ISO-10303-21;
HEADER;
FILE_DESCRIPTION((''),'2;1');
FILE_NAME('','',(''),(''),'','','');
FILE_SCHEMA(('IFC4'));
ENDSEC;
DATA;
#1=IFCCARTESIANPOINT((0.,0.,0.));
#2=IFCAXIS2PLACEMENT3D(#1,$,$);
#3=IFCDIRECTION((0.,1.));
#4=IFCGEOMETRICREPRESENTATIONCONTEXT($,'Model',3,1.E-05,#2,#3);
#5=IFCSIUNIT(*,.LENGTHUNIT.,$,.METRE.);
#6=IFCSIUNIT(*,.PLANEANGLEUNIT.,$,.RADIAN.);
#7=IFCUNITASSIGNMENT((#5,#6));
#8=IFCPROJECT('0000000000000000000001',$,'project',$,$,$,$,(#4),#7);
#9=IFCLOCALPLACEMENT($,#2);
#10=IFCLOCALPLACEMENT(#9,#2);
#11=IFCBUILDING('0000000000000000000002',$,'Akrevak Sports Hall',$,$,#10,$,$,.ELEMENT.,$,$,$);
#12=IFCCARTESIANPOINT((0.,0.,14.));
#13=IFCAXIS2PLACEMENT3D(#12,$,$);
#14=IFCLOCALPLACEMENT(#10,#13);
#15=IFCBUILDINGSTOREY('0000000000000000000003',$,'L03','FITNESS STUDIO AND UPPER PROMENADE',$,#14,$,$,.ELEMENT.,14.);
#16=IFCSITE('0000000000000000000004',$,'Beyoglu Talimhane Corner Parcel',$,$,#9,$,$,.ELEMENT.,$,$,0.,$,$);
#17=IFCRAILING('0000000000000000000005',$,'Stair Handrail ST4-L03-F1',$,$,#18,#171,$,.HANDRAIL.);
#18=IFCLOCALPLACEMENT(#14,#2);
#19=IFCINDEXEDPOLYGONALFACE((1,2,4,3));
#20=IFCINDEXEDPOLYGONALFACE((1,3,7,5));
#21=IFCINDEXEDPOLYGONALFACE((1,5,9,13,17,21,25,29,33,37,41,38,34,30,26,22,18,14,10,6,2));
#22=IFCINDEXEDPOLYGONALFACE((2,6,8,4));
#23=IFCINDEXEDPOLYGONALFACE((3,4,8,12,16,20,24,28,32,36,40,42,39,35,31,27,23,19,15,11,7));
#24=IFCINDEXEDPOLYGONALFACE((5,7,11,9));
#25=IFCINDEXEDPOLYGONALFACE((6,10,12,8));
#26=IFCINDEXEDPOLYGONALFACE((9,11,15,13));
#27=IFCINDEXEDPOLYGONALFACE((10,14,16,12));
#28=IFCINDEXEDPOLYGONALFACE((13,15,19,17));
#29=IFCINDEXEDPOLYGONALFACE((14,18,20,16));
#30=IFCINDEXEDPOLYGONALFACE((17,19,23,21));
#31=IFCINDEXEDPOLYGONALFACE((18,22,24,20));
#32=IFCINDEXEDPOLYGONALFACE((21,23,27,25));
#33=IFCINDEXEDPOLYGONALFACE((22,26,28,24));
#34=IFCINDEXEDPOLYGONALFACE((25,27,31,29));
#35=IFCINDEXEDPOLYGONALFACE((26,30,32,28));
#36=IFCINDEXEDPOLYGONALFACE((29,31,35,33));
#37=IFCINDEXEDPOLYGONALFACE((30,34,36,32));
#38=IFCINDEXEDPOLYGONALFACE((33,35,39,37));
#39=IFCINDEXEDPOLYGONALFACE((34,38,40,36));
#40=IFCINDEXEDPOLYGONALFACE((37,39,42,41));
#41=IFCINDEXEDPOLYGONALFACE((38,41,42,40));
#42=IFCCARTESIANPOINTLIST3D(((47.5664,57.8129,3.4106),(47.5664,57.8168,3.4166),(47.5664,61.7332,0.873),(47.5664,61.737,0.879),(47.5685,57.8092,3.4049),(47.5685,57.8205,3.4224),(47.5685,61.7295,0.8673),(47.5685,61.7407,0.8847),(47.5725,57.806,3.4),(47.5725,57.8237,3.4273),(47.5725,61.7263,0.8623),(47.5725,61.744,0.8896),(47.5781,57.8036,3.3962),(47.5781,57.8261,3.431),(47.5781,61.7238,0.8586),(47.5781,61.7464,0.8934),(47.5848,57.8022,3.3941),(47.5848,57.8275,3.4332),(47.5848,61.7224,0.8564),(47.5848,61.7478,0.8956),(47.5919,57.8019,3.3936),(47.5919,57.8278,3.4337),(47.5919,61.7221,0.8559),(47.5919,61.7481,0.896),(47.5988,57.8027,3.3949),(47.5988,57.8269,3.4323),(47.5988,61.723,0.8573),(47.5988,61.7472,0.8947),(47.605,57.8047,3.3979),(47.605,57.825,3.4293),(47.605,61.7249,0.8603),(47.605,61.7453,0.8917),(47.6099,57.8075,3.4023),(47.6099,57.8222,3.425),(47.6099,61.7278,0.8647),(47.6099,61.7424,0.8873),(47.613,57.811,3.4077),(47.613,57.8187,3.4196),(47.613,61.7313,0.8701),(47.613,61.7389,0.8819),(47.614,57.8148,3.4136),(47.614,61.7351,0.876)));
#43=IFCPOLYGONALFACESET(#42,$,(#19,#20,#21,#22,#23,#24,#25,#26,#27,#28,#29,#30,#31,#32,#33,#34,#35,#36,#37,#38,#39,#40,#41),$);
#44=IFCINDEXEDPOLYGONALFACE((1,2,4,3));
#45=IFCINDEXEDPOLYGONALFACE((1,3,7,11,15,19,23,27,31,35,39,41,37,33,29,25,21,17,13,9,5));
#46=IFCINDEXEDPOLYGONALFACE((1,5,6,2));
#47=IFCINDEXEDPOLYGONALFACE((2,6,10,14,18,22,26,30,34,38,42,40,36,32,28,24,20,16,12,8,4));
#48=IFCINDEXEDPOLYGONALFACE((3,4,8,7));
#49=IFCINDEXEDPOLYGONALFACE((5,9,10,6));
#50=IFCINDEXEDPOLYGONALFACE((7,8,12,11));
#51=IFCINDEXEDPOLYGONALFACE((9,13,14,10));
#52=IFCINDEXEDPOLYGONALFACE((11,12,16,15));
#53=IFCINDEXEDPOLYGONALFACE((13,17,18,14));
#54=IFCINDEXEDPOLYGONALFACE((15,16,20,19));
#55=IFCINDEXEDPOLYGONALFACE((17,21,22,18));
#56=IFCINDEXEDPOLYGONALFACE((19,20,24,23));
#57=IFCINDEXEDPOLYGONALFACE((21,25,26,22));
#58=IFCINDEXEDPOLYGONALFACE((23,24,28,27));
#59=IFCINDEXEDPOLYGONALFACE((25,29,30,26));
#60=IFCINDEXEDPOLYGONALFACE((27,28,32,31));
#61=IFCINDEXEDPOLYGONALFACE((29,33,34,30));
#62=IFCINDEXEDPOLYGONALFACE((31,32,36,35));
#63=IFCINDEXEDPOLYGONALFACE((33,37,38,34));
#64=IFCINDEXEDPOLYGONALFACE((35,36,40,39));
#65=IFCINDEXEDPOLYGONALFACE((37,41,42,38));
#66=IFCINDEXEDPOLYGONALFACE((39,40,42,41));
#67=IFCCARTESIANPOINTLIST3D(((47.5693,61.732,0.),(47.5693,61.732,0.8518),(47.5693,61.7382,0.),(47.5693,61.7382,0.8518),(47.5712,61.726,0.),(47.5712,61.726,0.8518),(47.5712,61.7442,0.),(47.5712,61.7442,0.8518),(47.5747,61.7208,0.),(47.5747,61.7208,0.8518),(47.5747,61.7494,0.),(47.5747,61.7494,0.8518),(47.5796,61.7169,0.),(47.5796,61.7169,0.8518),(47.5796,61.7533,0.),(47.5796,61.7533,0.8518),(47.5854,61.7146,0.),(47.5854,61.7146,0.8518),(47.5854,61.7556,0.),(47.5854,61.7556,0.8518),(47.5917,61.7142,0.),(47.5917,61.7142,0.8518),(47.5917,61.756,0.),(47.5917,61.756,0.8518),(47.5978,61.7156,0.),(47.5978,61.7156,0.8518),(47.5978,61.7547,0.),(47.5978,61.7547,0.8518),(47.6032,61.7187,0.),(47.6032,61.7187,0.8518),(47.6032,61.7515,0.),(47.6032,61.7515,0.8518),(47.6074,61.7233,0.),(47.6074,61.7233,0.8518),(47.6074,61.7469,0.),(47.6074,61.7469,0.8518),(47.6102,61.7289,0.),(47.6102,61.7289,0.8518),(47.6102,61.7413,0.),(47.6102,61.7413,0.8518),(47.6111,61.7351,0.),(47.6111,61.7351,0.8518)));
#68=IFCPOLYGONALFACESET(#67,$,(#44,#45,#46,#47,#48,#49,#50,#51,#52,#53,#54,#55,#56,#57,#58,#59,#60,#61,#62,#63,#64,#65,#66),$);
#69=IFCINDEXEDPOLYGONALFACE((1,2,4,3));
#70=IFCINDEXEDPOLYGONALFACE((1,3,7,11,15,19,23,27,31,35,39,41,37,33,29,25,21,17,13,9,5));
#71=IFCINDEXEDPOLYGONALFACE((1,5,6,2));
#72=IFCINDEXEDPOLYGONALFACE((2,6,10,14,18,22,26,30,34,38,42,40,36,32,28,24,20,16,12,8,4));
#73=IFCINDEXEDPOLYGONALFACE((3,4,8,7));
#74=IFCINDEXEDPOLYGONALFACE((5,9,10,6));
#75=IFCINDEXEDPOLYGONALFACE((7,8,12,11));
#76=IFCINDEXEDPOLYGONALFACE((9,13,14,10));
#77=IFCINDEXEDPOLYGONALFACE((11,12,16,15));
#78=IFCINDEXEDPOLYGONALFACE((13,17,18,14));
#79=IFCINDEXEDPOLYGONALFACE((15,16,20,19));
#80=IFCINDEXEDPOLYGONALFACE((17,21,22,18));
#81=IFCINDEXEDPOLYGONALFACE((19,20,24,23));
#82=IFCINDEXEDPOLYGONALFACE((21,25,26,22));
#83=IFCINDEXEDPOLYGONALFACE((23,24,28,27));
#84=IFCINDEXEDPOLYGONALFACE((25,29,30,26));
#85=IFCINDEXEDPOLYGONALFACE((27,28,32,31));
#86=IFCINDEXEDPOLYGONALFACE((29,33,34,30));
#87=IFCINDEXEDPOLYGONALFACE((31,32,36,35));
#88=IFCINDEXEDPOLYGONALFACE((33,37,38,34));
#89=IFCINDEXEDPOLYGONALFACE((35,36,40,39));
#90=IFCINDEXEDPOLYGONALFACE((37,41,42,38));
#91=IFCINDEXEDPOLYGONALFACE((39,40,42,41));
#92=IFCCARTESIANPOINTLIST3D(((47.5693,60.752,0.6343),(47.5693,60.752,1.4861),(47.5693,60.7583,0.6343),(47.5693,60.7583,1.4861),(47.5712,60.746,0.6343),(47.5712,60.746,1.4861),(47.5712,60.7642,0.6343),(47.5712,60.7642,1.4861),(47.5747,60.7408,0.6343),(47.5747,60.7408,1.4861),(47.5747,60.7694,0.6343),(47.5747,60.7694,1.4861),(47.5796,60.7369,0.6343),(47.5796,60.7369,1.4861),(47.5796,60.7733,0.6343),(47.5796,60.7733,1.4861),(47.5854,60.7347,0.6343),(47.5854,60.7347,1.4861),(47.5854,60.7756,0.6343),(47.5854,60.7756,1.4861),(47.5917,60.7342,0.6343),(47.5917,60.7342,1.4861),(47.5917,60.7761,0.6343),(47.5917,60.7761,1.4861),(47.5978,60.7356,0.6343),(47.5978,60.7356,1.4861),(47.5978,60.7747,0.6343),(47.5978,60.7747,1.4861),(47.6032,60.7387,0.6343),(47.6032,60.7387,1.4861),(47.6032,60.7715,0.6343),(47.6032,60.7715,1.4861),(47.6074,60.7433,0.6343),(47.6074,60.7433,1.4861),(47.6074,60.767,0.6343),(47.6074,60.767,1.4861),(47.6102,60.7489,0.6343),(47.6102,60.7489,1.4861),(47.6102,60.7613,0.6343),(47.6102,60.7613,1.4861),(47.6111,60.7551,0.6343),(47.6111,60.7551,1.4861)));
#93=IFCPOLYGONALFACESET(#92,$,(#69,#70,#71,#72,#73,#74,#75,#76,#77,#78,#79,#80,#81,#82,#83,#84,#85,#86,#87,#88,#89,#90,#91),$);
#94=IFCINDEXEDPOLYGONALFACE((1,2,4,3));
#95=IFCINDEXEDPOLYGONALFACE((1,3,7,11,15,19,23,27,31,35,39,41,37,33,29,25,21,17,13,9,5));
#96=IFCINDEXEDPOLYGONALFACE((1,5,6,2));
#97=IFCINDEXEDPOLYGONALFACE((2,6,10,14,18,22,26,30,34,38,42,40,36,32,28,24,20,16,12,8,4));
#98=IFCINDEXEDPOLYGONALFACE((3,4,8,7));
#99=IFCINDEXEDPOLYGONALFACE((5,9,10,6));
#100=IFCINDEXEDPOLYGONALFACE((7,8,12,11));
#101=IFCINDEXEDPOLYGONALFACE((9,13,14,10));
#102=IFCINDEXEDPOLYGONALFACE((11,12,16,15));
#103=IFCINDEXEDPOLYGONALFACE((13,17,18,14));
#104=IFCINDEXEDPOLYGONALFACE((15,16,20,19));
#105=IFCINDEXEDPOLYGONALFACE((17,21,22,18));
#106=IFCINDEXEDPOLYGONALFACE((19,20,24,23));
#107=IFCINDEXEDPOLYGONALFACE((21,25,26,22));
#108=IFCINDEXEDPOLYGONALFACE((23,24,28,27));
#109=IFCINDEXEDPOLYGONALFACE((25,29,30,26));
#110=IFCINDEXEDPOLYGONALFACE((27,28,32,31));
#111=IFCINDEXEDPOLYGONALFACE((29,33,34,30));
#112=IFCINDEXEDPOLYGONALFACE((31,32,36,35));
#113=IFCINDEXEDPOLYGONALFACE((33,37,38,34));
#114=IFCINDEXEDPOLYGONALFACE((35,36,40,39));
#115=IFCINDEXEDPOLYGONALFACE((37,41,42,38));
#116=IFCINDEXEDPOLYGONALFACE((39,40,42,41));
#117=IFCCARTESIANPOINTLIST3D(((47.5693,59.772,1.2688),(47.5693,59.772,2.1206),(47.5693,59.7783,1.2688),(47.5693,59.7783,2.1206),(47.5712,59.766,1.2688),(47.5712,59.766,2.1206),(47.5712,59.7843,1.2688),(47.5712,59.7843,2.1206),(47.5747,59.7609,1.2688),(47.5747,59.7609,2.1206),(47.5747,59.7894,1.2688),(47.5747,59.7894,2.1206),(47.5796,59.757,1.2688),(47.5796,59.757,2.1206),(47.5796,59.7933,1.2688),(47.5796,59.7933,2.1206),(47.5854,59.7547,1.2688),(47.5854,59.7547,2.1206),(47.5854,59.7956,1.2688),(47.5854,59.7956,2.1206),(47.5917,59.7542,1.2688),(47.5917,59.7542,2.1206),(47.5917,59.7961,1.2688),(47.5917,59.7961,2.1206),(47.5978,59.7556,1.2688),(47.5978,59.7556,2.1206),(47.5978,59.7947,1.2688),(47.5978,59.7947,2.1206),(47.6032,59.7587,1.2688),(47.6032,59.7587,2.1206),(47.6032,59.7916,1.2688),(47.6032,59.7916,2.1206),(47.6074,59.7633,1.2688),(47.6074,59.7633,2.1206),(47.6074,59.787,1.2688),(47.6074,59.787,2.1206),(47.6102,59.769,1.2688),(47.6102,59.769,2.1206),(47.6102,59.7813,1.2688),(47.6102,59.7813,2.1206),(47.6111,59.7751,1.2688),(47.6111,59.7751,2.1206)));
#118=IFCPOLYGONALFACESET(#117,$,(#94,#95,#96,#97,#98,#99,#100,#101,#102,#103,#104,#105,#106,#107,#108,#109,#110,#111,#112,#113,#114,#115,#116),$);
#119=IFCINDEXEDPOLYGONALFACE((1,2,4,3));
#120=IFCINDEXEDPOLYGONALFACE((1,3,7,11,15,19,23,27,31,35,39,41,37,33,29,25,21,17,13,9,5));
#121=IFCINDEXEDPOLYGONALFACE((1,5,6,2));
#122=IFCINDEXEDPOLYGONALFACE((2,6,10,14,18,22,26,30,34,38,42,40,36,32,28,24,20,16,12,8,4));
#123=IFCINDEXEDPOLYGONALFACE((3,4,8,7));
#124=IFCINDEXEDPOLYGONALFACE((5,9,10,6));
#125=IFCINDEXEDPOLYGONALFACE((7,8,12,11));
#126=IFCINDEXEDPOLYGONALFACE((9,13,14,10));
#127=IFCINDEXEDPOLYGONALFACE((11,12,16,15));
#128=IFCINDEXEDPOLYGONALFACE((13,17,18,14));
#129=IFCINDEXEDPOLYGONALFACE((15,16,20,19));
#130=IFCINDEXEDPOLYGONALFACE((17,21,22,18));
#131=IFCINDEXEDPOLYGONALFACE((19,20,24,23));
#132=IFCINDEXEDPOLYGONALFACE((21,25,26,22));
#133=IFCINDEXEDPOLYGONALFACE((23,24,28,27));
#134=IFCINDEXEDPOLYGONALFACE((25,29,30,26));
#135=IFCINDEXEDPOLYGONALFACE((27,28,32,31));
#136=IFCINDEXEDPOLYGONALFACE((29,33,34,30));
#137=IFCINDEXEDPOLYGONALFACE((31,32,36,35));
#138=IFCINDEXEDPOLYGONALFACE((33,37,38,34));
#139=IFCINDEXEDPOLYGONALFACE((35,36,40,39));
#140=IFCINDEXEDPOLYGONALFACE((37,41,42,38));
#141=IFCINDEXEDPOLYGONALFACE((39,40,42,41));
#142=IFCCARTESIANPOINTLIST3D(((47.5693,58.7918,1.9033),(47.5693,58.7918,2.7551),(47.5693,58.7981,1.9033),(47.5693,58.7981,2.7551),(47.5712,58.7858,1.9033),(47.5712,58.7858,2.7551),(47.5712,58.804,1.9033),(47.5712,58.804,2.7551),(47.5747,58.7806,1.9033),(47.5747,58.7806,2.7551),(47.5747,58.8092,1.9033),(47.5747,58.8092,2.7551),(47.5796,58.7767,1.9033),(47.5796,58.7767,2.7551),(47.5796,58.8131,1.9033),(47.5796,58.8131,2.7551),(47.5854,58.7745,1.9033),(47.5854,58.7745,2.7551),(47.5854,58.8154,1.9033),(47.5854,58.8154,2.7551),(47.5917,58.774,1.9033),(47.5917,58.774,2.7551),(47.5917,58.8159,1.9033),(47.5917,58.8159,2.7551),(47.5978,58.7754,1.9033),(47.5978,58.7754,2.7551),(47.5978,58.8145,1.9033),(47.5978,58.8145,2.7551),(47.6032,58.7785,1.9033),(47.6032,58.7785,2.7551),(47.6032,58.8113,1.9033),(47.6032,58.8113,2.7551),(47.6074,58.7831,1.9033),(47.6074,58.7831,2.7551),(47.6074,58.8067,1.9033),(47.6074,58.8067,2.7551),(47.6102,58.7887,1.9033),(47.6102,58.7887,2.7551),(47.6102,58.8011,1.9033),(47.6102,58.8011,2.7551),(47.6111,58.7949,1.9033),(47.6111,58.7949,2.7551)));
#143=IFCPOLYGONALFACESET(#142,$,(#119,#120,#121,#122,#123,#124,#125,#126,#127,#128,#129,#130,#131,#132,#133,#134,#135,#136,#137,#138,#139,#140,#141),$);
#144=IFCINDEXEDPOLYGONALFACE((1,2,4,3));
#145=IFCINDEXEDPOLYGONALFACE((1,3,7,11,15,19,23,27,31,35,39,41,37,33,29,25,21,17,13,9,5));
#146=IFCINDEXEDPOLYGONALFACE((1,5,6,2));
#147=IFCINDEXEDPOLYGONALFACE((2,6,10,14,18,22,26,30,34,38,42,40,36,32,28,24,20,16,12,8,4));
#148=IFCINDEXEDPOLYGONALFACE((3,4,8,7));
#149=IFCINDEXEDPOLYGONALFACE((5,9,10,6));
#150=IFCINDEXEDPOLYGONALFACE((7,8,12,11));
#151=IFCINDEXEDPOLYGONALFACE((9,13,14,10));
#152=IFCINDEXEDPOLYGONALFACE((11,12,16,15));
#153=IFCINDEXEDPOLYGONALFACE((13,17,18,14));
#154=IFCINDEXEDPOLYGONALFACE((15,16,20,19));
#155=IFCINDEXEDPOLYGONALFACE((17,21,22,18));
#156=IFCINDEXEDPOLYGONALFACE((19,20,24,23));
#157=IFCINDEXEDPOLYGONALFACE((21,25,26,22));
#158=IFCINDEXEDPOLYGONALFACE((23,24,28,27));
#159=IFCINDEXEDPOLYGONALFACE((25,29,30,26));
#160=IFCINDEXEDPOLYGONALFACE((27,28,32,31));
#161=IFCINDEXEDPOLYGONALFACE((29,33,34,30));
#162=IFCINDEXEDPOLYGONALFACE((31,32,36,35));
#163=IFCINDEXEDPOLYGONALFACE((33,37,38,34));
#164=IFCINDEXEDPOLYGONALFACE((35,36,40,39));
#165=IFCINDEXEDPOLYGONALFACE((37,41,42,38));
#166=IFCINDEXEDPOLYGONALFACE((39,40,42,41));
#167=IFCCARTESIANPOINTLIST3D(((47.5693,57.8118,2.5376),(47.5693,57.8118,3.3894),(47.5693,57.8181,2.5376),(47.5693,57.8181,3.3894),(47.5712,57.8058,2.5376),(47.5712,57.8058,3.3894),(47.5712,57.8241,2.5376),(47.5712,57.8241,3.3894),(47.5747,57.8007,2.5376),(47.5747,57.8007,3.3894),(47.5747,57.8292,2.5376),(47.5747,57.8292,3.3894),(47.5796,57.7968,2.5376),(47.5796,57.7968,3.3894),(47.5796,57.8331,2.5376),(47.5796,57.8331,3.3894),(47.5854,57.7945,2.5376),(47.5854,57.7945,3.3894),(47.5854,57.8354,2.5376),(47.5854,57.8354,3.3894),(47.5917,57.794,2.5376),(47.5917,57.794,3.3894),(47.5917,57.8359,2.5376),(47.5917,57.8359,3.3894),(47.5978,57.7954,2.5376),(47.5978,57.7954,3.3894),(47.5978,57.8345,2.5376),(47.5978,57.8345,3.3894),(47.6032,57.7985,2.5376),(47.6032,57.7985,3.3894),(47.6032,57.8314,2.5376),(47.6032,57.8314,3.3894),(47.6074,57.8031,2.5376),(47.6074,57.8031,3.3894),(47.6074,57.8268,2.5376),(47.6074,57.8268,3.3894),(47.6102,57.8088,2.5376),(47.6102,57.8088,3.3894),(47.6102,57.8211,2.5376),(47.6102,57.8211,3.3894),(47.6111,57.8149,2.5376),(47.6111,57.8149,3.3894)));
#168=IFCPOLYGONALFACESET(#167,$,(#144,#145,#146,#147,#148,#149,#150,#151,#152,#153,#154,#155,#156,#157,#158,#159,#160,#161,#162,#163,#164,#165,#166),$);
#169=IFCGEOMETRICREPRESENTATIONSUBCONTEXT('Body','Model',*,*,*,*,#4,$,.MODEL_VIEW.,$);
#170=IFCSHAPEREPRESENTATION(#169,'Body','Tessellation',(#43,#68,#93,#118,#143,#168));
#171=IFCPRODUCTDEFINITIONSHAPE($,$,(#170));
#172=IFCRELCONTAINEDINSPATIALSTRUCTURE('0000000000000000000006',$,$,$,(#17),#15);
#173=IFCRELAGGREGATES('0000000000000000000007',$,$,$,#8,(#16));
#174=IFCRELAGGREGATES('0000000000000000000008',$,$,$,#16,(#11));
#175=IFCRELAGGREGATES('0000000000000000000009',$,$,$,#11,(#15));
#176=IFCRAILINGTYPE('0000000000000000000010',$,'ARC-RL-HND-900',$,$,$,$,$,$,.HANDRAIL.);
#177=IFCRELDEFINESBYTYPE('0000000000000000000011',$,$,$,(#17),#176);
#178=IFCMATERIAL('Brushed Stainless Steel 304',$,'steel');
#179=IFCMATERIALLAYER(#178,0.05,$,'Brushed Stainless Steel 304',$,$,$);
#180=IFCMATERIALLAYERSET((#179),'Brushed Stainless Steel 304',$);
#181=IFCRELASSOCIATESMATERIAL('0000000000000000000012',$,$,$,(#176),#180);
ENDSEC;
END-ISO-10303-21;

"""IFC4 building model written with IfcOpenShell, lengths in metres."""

from ifc_helpers import new_model, si_unit, direction, frame, origin, origin_2d, place, context, subcontext, project, spatial, circle, extrude, material, layer, layer_set, type_object, element, save


model = new_model("IFC4")

# Units and contexts
model_context = context("Model", 3, precision=1e-05, world=origin(), true_north=direction((0.0, 1.0)))
body_context = subcontext(model_context, "Body", "Model", "MODEL_VIEW")
ifc_project = project(units=[si_unit("LENGTHUNIT", "METRE"), si_unit("PLANEANGLEUNIT", "RADIAN")], contexts=[model_context])

# Site, building, storey
site_placement = place(None, origin())
site = spatial("IfcSite", under=ifc_project, at=site_placement, Name="Beyoglu Talimhane Corner Parcel", CompositionType="ELEMENT", RefElevation=0.0)
building_placement = place(site_placement, origin())
building = spatial("IfcBuilding", under=site, at=building_placement, Name="Akrevak Sports Hall", CompositionType="ELEMENT")
storey_placement = place(building_placement, frame((0.0, 0.0, 14.0)))
storey = spatial("IfcBuildingStorey", under=building, at=storey_placement, Name="L03", Description="FITNESS STUDIO AND UPPER PROMENADE", CompositionType="ELEMENT", Elevation=14.0)

# Railing
ifc_material_1 = material(Name="Brushed Stainless Steel 304", Category="steel")
ifc_layer_1 = layer(ifc_material_1, 0.05, Name="Brushed Stainless Steel 304")
ifc_layer_set_1 = layer_set([ifc_layer_1], Name="Brushed Stainless Steel 304")
railing_type_1 = type_object("IfcRailingType", Name="ARC-RL-HND-900", PredefinedType="HANDRAIL", material=ifc_layer_set_1)
railing_1_placement = place(storey_placement, frame((47.5901, 61.7351, 0.0)))
element("IfcRailing", 1, at=railing_1_placement, inside=storey, type_object=railing_type_1, Name="Stair Handrail ST4-L03-F1", PredefinedType="HANDRAIL", context=body_context, shape_type="SweptSolid", body=[
    extrude(circle(Radius=0.0239, at=origin_2d()), frame((0.0, 0.0, 0.876), z_axis=(0.0, -0.839471, 0.543405), x_axis=(1.0, 0.0, 0.0)), (0.0, 0.0, 1.0), 4.6699),
    extrude(circle(Radius=0.021, at=origin_2d()), origin(), (0.0, 0.0, 1.0), 0.8518),
    extrude(circle(Radius=0.021, at=origin_2d()), frame((0.0, -0.98, 0.6343)), (0.0, 0.0, 1.0), 0.8518),
    extrude(circle(Radius=0.021, at=origin_2d()), frame((0.0, -1.96, 1.2688)), (0.0, 0.0, 1.0), 0.8518),
    extrude(circle(Radius=0.021, at=origin_2d()), frame((0.0, -2.9402, 1.9033)), (0.0, 0.0, 1.0), 0.8518),
    extrude(circle(Radius=0.021, at=origin_2d()), frame((0.0, -3.9202, 2.5376)), (0.0, 0.0, 1.0), 0.8518),
])

save(model, "model.ifc")
